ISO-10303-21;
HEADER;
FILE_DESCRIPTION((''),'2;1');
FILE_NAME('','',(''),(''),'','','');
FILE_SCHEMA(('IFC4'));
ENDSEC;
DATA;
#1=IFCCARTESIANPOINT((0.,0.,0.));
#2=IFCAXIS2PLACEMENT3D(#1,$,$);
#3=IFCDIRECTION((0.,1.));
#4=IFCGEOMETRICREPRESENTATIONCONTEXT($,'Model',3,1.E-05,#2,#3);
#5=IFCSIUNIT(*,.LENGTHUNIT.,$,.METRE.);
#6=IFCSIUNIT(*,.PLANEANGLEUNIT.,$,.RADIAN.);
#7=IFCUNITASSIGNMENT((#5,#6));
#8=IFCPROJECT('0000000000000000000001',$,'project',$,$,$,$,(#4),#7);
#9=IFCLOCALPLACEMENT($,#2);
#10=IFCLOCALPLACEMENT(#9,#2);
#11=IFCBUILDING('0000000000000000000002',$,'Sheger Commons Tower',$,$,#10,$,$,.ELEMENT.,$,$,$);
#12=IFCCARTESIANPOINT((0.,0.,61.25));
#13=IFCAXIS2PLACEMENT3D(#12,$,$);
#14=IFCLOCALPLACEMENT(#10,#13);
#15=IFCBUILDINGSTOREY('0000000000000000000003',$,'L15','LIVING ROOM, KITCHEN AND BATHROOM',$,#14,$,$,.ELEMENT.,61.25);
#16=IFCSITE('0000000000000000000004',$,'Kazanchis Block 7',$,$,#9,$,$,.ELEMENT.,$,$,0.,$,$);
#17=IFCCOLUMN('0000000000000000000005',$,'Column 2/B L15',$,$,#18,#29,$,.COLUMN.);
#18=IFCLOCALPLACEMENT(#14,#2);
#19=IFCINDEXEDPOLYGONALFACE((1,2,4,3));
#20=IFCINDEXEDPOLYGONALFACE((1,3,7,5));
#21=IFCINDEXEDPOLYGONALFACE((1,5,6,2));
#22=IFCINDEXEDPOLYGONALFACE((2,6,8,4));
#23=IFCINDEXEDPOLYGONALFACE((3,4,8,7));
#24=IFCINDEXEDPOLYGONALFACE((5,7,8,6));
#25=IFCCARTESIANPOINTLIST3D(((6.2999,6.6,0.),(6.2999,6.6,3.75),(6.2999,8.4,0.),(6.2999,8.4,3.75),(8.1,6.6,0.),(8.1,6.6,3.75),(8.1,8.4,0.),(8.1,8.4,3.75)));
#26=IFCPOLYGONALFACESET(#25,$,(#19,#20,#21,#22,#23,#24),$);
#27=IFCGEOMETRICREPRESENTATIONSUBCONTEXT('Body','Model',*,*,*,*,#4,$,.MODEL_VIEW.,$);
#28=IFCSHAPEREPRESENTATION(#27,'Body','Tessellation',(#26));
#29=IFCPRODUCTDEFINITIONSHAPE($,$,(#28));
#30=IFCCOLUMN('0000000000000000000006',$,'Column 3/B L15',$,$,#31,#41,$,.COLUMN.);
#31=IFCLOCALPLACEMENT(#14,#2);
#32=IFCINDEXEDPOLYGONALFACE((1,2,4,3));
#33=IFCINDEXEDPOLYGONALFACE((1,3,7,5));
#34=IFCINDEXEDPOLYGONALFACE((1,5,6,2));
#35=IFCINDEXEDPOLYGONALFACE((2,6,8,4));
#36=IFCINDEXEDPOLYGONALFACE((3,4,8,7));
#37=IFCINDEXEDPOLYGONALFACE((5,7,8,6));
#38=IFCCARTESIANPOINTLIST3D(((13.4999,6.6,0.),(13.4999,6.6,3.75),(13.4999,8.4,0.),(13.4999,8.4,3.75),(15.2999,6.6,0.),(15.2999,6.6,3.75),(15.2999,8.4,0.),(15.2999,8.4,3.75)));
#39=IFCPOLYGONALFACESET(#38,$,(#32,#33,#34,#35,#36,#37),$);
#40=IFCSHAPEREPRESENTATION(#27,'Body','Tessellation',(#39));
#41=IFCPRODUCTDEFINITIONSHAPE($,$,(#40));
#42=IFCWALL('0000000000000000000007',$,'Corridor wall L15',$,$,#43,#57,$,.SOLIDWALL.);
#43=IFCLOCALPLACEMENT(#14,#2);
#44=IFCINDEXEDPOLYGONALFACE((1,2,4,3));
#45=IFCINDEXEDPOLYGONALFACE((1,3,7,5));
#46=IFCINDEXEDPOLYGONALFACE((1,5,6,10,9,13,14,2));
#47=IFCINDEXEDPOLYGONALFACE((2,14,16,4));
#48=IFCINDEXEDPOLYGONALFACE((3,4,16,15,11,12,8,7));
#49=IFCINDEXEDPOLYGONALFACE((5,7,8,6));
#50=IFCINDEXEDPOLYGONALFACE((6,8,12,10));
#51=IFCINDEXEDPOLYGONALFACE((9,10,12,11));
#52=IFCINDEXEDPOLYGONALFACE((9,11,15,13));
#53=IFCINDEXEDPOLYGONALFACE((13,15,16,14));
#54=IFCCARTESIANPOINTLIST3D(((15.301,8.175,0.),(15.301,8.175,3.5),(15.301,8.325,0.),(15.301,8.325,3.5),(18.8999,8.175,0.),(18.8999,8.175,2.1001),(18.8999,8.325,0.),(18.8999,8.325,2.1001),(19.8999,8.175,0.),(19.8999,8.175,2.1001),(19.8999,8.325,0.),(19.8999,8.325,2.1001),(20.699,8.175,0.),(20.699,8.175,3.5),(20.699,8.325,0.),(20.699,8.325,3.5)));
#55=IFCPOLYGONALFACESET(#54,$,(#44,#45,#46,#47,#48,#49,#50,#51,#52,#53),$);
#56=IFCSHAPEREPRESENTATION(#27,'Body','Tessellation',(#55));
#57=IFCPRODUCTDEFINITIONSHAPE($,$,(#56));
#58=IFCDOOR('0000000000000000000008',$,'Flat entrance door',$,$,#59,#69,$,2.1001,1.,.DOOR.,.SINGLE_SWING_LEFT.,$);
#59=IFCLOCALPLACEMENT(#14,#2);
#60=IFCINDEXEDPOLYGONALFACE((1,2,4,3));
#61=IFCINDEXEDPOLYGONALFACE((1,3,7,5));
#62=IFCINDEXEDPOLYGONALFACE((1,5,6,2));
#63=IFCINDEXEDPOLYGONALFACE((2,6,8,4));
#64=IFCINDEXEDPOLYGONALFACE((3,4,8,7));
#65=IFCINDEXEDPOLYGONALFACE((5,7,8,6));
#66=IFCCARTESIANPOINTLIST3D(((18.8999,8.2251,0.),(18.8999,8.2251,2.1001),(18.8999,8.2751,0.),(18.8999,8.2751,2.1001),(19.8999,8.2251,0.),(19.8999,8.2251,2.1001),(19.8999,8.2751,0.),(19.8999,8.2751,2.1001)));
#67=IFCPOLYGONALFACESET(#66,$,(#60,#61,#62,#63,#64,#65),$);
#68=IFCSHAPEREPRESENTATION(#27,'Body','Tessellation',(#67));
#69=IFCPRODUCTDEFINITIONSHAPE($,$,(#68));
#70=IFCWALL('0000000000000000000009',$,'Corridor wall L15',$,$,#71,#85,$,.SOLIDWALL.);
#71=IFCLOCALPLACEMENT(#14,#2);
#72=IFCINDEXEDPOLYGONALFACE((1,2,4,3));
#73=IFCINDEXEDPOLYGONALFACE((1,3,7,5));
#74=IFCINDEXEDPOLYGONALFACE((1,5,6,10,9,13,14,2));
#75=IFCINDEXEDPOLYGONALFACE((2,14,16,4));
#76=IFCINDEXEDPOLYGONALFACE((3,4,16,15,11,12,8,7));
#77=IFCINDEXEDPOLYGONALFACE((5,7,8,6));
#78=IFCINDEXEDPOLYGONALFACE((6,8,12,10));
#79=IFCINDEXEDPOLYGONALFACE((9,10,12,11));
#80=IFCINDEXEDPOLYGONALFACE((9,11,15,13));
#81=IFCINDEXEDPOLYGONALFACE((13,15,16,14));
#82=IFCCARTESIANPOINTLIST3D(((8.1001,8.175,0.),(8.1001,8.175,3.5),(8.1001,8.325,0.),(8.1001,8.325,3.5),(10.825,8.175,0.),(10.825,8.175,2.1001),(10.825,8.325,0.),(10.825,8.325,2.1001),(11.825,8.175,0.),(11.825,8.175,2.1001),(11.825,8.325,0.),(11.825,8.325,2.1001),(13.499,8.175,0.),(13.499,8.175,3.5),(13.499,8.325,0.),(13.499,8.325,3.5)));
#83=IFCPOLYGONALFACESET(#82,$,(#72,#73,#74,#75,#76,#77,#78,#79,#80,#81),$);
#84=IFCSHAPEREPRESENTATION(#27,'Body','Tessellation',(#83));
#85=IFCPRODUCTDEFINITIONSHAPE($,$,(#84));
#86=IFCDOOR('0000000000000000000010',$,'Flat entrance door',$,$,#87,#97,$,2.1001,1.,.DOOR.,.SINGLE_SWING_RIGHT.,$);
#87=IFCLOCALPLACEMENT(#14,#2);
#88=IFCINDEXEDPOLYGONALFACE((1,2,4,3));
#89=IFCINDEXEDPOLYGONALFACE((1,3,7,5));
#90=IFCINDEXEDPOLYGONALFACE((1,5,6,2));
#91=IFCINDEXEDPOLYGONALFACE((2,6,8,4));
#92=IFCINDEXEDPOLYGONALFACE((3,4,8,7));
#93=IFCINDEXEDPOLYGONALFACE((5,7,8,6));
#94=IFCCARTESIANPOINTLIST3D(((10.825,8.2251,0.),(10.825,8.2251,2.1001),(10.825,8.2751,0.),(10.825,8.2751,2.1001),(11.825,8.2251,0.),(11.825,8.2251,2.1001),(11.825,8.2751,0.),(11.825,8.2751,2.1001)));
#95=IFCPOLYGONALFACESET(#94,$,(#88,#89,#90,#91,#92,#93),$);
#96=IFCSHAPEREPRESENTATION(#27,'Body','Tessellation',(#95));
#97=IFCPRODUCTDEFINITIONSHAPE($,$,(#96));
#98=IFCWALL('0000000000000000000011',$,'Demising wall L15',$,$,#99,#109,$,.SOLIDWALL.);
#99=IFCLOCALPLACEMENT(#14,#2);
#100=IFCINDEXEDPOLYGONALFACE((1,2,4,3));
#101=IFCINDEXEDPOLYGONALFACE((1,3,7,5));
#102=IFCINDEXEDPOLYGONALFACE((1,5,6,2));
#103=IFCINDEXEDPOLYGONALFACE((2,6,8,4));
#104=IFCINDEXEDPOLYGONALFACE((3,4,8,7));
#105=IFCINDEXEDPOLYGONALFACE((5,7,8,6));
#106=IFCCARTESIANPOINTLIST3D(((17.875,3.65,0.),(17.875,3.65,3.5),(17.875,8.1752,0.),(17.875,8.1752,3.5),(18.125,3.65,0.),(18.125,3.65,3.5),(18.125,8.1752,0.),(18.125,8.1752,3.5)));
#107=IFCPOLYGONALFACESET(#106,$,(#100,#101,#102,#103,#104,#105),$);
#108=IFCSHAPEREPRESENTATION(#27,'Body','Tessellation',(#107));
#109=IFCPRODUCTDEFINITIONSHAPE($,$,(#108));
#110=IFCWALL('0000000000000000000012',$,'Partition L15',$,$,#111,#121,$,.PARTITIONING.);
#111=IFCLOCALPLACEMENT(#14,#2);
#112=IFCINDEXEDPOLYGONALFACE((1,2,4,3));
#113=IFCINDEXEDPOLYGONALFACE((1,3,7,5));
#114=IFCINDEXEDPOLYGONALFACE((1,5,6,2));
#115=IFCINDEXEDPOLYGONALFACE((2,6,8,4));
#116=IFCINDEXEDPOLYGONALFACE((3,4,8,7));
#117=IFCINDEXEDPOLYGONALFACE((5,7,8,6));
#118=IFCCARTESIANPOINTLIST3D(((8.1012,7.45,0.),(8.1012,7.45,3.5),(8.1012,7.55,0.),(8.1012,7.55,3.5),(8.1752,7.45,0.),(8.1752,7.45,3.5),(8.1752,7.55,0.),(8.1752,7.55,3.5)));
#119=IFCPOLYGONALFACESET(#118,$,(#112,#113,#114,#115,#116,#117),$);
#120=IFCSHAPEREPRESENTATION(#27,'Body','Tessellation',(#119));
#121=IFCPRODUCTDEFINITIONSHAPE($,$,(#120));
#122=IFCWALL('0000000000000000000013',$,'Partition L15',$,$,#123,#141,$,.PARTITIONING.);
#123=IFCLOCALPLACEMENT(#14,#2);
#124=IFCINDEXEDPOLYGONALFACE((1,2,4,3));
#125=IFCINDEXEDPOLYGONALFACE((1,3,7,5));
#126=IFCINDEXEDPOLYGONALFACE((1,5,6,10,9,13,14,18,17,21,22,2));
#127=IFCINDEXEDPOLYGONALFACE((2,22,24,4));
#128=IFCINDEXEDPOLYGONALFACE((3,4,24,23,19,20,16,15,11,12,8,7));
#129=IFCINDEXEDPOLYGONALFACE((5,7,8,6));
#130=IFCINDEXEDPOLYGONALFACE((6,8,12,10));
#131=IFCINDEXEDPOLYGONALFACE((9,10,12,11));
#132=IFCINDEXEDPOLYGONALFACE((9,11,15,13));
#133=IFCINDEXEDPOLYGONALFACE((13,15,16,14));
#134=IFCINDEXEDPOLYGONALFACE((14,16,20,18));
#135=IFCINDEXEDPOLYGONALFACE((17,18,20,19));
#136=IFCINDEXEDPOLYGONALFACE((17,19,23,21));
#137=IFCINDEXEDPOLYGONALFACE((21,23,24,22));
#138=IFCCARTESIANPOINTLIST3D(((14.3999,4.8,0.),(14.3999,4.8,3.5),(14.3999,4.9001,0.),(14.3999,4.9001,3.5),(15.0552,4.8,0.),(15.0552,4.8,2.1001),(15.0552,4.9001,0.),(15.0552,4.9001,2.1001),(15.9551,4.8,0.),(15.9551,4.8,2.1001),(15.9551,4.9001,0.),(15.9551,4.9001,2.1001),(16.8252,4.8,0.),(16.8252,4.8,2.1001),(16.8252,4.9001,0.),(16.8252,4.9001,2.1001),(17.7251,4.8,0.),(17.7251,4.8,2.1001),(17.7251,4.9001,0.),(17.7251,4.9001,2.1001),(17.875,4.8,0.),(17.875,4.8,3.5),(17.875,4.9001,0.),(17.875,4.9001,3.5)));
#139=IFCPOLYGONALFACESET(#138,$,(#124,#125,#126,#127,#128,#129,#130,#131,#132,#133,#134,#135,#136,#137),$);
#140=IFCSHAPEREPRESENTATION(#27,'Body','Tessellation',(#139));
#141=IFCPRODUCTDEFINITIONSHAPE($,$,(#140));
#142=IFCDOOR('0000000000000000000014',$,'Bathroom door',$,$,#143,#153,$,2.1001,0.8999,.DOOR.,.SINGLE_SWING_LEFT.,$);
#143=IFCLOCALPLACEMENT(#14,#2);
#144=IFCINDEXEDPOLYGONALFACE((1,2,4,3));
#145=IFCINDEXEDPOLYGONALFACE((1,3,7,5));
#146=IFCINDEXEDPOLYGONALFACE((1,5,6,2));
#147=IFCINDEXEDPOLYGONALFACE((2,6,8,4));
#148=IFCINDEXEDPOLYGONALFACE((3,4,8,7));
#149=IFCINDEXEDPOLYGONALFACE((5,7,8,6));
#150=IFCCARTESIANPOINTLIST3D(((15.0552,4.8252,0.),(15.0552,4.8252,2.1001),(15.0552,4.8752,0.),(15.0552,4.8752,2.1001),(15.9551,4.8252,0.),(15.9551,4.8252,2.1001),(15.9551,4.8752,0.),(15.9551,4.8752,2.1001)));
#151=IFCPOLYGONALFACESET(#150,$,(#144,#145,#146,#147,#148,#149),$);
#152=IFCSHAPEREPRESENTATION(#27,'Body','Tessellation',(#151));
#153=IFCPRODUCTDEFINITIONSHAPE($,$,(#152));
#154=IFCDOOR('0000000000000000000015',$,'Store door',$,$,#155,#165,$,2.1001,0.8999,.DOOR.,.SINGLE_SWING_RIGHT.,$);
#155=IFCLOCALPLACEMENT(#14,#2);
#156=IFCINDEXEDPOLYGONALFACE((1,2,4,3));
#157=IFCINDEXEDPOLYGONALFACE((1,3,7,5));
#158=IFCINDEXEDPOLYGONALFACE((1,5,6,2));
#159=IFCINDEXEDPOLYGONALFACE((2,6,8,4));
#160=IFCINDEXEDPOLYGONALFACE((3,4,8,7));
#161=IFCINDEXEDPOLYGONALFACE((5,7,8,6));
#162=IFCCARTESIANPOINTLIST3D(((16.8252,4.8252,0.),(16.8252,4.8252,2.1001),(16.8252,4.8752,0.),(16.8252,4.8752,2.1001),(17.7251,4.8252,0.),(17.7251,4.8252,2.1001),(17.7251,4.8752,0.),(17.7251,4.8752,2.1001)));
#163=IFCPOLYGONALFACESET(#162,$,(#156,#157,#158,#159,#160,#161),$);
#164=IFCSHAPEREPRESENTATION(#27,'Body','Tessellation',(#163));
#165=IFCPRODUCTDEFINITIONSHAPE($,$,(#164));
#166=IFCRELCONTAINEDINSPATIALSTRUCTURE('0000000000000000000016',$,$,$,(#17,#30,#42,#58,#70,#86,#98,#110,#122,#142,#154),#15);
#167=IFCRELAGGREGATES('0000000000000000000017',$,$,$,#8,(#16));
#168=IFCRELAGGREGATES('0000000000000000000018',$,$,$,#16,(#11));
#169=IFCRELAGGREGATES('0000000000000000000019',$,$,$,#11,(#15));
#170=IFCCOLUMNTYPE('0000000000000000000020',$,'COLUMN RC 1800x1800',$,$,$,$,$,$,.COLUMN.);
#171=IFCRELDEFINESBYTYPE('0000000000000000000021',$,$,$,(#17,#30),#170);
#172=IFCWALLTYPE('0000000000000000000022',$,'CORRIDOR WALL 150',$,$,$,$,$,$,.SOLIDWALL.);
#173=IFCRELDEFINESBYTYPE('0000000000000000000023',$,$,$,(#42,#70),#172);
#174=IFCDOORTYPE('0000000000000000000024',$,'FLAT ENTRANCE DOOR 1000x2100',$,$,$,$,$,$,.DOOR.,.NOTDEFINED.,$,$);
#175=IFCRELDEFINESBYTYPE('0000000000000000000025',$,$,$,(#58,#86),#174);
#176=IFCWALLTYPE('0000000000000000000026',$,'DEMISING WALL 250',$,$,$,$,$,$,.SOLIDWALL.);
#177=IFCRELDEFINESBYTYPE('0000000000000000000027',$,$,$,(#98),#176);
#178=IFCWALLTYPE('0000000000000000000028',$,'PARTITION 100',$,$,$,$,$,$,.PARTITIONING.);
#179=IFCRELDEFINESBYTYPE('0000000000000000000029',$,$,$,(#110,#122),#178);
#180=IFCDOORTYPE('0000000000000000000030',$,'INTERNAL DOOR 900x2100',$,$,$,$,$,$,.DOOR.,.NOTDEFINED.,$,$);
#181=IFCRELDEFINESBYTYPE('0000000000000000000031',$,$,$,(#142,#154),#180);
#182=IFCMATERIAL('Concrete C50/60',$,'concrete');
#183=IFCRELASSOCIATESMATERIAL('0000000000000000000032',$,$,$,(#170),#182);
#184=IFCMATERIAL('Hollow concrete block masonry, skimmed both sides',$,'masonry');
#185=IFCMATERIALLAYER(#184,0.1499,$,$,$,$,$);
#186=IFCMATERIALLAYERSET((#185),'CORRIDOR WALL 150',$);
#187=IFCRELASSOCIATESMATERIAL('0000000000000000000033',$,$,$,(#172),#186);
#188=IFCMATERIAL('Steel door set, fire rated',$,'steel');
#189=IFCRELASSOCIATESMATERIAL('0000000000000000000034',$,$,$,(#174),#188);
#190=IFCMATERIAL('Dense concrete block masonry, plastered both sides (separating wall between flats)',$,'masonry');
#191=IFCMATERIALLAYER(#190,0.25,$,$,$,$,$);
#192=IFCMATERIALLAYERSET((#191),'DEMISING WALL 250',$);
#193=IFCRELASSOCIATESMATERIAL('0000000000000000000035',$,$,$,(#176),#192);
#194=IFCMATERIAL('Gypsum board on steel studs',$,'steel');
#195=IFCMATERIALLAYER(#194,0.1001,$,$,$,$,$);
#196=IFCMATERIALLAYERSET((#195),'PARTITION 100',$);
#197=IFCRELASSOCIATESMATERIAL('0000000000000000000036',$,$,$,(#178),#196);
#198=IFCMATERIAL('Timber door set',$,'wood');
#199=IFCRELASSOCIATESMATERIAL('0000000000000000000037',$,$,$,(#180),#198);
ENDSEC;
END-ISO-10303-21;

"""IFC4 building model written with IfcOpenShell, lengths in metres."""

from ifc_helpers import new_model, si_unit, direction, frame, frame_2d, origin, origin_2d, place, context, subcontext, project, spatial, rectangle, extrude, material, layer, layer_set, material_profile, profile_set, type_object, element, fill, save


model = new_model("IFC4")

# Units and contexts
model_context = context("Model", 3, precision=1e-05, world=origin(), true_north=direction((0.0, 1.0)))
body_context = subcontext(model_context, "Body", "Model", "MODEL_VIEW")
ifc_project = project(units=[si_unit("LENGTHUNIT", "METRE"), si_unit("PLANEANGLEUNIT", "RADIAN")], contexts=[model_context])

# Site, building, storey
site_placement = place(None, origin())
site = spatial("IfcSite", under=ifc_project, at=site_placement, Name="Kazanchis Block 7", CompositionType="ELEMENT", RefElevation=0.0)
building_placement = place(site_placement, origin())
building = spatial("IfcBuilding", under=site, at=building_placement, Name="Sheger Commons Tower", CompositionType="ELEMENT")
storey_placement = place(building_placement, frame((0.0, 0.0, 61.25)))
storey = spatial("IfcBuildingStorey", under=building, at=storey_placement, Name="L15", Description="LIVING ROOM, KITCHEN AND BATHROOM", CompositionType="ELEMENT", Elevation=61.25)

# Columns
ifc_material_1 = material(Name="Concrete C50/60", Category="concrete")
ifc_material_profile = material_profile(ifc_material_1, rectangle(XDim=1.8, YDim=1.8, at=origin_2d()), Name="RC 1800x1800")
ifc_profile_set = profile_set([ifc_material_profile], Name="Concrete C50/60")
column_type = type_object("IfcColumnType", Name="COLUMN RC 1800x1800", PredefinedType="COLUMN", material=ifc_profile_set)
for number, where, z_axis, x_axis, name in (
    (1, (7.2, 7.5, 0.0), (0.0, 0.0, 1.0), (1.0, 0.0, 0.0), "Column 2/B L15"),
    (2, (14.3999, 7.5, 0.0), (0.0, 0.0, 1.0), (1.0, 0.0, 0.0), "Column 3/B L15"),
):
    element("IfcColumn", number, at=place(storey_placement, frame(where, z_axis=z_axis, x_axis=x_axis)), inside=storey, type_object=column_type, Name=name, PredefinedType="COLUMN", context=body_context, shape_type="SweptSolid", body=[
        extrude(rectangle(XDim=1.8, YDim=1.8, at=origin_2d()), origin(), (0.0, 0.0, 1.0), 3.75),
    ])

# Walls, openings, doors
ifc_material_2 = material(Name="Hollow concrete block masonry, skimmed both sides", Category="masonry")
ifc_layer_1 = layer(ifc_material_2, 0.1499)
ifc_layer_set_1 = layer_set([ifc_layer_1], Name="CORRIDOR WALL 150")
wall_type_1 = type_object("IfcWallType", Name="CORRIDOR WALL 150", PredefinedType="SOLIDWALL", material=ifc_layer_set_1)
wall_1_placement = place(storey_placement, frame((20.699, 8.25, 0.0), z_axis=(0.0, 0.0, 1.0), x_axis=(-1.0, 0.0, 0.0)))
wall_1 = element("IfcWall", 3, at=wall_1_placement, inside=storey, type_object=wall_type_1, Name="Corridor wall L15", PredefinedType="SOLIDWALL", context=body_context, shape_type="SweptSolid", body=[
    extrude(rectangle(XDim=5.3979, YDim=0.1499, at=frame_2d((2.699, 0.0))), origin(), (0.0, 0.0, 1.0), 3.5),
])
opening_1_placement = place(wall_1_placement, frame((0.7991, 0.0, 0.0)))
opening_1 = element("IfcOpeningElement", 4, at=opening_1_placement, cuts=wall_1, PredefinedType="OPENING", context=body_context, shape_type="SweptSolid", body=[
    extrude(rectangle(XDim=1.0, YDim=2.1001, at=frame_2d((0.5, 1.05))), frame((0.0, 0.085, 0.0), z_axis=(0.0, -1.0, 0.0), x_axis=(1.0, 0.0, 0.0)), (0.0, 0.0, 1.0), 0.1699),
])
ifc_material_3 = material(Name="Steel door set, fire rated", Category="steel")
door_type_1 = type_object("IfcDoorType", Name="FLAT ENTRANCE DOOR 1000x2100", OperationType="NOTDEFINED", PredefinedType="DOOR", material=ifc_material_3)
door_1_placement = place(opening_1_placement, origin())
door_1 = element("IfcDoor", 5, at=door_1_placement, inside=storey, type_object=door_type_1, Name="Flat entrance door", OperationType="SINGLE_SWING_LEFT", OverallHeight=2.1001, OverallWidth=1.0, PredefinedType="DOOR", context=body_context, shape_type="SweptSolid", body=[
    extrude(rectangle(XDim=1.0, YDim=2.1001, at=frame_2d((0.5, 1.05))), frame((0.0, 0.0249, 0.0), z_axis=(0.0, -1.0, 0.0), x_axis=(1.0, 0.0, 0.0)), (0.0, 0.0, 1.0), 0.05),
])
fill(opening_1, door_1)
wall_2_placement = place(storey_placement, frame((13.499, 8.25, 0.0), z_axis=(0.0, 0.0, 1.0), x_axis=(-1.0, 0.0, 0.0)))
wall_2 = element("IfcWall", 6, at=wall_2_placement, inside=storey, type_object=wall_type_1, Name="Corridor wall L15", PredefinedType="SOLIDWALL", context=body_context, shape_type="SweptSolid", body=[
    extrude(rectangle(XDim=5.3989, YDim=0.1499, at=frame_2d((2.6995, 0.0))), origin(), (0.0, 0.0, 1.0), 3.5),
])
opening_2_placement = place(wall_2_placement, frame((1.6741, 0.0, 0.0)))
opening_2 = element("IfcOpeningElement", 7, at=opening_2_placement, cuts=wall_2, PredefinedType="OPENING", context=body_context, shape_type="SweptSolid", body=[
    extrude(rectangle(XDim=1.0, YDim=2.1001, at=frame_2d((0.5, 1.05))), frame((0.0, 0.085, 0.0), z_axis=(0.0, -1.0, 0.0), x_axis=(1.0, 0.0, 0.0)), (0.0, 0.0, 1.0), 0.1699),
])
door_2_placement = place(opening_2_placement, origin())
door_2 = element("IfcDoor", 8, at=door_2_placement, inside=storey, type_object=door_type_1, Name="Flat entrance door", OperationType="SINGLE_SWING_RIGHT", OverallHeight=2.1001, OverallWidth=1.0, PredefinedType="DOOR", context=body_context, shape_type="SweptSolid", body=[
    extrude(rectangle(XDim=1.0, YDim=2.1001, at=frame_2d((0.5, 1.05))), frame((0.0, 0.0249, 0.0), z_axis=(0.0, -1.0, 0.0), x_axis=(1.0, 0.0, 0.0)), (0.0, 0.0, 1.0), 0.05),
])
fill(opening_2, door_2)

# Walls
ifc_material_4 = material(Name="Dense concrete block masonry, plastered both sides (separating wall between flats)", Category="masonry")
ifc_layer_2 = layer(ifc_material_4, 0.25)
ifc_layer_set_2 = layer_set([ifc_layer_2], Name="DEMISING WALL 250")
wall_type_2 = type_object("IfcWallType", Name="DEMISING WALL 250", PredefinedType="SOLIDWALL", material=ifc_layer_set_2)
wall_3_placement = place(storey_placement, frame((18.0, 3.6499, 0.0), z_axis=(0.0, 0.0, 1.0), x_axis=(0.0, 1.0, 0.0)))
element("IfcWall", 9, at=wall_3_placement, inside=storey, type_object=wall_type_2, Name="Demising wall L15", PredefinedType="SOLIDWALL", context=body_context, shape_type="SweptSolid", body=[
    extrude(rectangle(XDim=4.5251, YDim=0.25, at=frame_2d((2.2627, 0.0))), origin(), (0.0, 0.0, 1.0), 3.5),
])
ifc_material_5 = material(Name="Gypsum board on steel studs", Category="steel")
ifc_layer_3 = layer(ifc_material_5, 0.1001)
ifc_layer_set_3 = layer_set([ifc_layer_3], Name="PARTITION 100")
wall_type_3 = type_object("IfcWallType", Name="PARTITION 100", PredefinedType="PARTITIONING", material=ifc_layer_set_3)
wall_4_placement = place(storey_placement, frame((8.1011, 7.5, 0.0), z_axis=(0.0, 0.0, 1.0), x_axis=(1.0, 0.0, 0.0)))
element("IfcWall", 10, at=wall_4_placement, inside=storey, type_object=wall_type_3, Name="Partition L15", PredefinedType="PARTITIONING", context=body_context, shape_type="SweptSolid", body=[
    extrude(rectangle(XDim=0.074, YDim=0.1001, at=frame_2d((0.0371, 0.0))), origin(), (0.0, 0.0, 1.0), 3.5),
])

# Wall, openings, doors
wall_5_placement = place(storey_placement, frame((17.875, 4.8501, 0.0), z_axis=(0.0, 0.0, 1.0), x_axis=(-1.0, 0.0, 0.0)))
wall_5 = element("IfcWall", 11, at=wall_5_placement, inside=storey, type_object=wall_type_3, Name="Partition L15", PredefinedType="PARTITIONING", context=body_context, shape_type="SweptSolid", body=[
    extrude(rectangle(XDim=3.4751, YDim=0.1001, at=frame_2d((1.7375, 0.0))), origin(), (0.0, 0.0, 1.0), 3.5),
])
opening_3_placement = place(wall_5_placement, frame((1.9199, 0.0, 0.0)))
opening_3 = element("IfcOpeningElement", 12, at=opening_3_placement, cuts=wall_5, PredefinedType="OPENING", context=body_context, shape_type="SweptSolid", body=[
    extrude(rectangle(XDim=0.8999, YDim=2.1001, at=frame_2d((0.45, 1.05))), frame((0.0, 0.0601, 0.0), z_axis=(0.0, -1.0, 0.0), x_axis=(1.0, 0.0, 0.0)), (0.0, 0.0, 1.0), 0.1201),
])
opening_4_placement = place(wall_5_placement, frame((0.1499, 0.0, 0.0)))
opening_4 = element("IfcOpeningElement", 13, at=opening_4_placement, cuts=wall_5, PredefinedType="OPENING", context=body_context, shape_type="SweptSolid", body=[
    extrude(rectangle(XDim=0.8999, YDim=2.1001, at=frame_2d((0.45, 1.05))), frame((0.0, 0.0601, 0.0), z_axis=(0.0, -1.0, 0.0), x_axis=(1.0, 0.0, 0.0)), (0.0, 0.0, 1.0), 0.1201),
])
ifc_material_6 = material(Name="Timber door set", Category="wood")
door_type_2 = type_object("IfcDoorType", Name="INTERNAL DOOR 900x2100", OperationType="NOTDEFINED", PredefinedType="DOOR", material=ifc_material_6)
door_3_placement = place(opening_3_placement, origin())
door_3 = element("IfcDoor", 14, at=door_3_placement, inside=storey, type_object=door_type_2, Name="Bathroom door", OperationType="SINGLE_SWING_LEFT", OverallHeight=2.1001, OverallWidth=0.8999, PredefinedType="DOOR", context=body_context, shape_type="SweptSolid", body=[
    extrude(rectangle(XDim=0.8999, YDim=2.1001, at=frame_2d((0.45, 1.05))), frame((0.0, 0.0249, 0.0), z_axis=(0.0, -1.0, 0.0), x_axis=(1.0, 0.0, 0.0)), (0.0, 0.0, 1.0), 0.05),
])
fill(opening_3, door_3)
door_4_placement = place(opening_4_placement, origin())
door_4 = element("IfcDoor", 15, at=door_4_placement, inside=storey, type_object=door_type_2, Name="Store door", OperationType="SINGLE_SWING_RIGHT", OverallHeight=2.1001, OverallWidth=0.8999, PredefinedType="DOOR", context=body_context, shape_type="SweptSolid", body=[
    extrude(rectangle(XDim=0.8999, YDim=2.1001, at=frame_2d((0.45, 1.05))), frame((0.0, 0.0249, 0.0), z_axis=(0.0, -1.0, 0.0), x_axis=(1.0, 0.0, 0.0)), (0.0, 0.0, 1.0), 0.05),
])
fill(opening_4, door_4)

save(model, "model.ifc")
